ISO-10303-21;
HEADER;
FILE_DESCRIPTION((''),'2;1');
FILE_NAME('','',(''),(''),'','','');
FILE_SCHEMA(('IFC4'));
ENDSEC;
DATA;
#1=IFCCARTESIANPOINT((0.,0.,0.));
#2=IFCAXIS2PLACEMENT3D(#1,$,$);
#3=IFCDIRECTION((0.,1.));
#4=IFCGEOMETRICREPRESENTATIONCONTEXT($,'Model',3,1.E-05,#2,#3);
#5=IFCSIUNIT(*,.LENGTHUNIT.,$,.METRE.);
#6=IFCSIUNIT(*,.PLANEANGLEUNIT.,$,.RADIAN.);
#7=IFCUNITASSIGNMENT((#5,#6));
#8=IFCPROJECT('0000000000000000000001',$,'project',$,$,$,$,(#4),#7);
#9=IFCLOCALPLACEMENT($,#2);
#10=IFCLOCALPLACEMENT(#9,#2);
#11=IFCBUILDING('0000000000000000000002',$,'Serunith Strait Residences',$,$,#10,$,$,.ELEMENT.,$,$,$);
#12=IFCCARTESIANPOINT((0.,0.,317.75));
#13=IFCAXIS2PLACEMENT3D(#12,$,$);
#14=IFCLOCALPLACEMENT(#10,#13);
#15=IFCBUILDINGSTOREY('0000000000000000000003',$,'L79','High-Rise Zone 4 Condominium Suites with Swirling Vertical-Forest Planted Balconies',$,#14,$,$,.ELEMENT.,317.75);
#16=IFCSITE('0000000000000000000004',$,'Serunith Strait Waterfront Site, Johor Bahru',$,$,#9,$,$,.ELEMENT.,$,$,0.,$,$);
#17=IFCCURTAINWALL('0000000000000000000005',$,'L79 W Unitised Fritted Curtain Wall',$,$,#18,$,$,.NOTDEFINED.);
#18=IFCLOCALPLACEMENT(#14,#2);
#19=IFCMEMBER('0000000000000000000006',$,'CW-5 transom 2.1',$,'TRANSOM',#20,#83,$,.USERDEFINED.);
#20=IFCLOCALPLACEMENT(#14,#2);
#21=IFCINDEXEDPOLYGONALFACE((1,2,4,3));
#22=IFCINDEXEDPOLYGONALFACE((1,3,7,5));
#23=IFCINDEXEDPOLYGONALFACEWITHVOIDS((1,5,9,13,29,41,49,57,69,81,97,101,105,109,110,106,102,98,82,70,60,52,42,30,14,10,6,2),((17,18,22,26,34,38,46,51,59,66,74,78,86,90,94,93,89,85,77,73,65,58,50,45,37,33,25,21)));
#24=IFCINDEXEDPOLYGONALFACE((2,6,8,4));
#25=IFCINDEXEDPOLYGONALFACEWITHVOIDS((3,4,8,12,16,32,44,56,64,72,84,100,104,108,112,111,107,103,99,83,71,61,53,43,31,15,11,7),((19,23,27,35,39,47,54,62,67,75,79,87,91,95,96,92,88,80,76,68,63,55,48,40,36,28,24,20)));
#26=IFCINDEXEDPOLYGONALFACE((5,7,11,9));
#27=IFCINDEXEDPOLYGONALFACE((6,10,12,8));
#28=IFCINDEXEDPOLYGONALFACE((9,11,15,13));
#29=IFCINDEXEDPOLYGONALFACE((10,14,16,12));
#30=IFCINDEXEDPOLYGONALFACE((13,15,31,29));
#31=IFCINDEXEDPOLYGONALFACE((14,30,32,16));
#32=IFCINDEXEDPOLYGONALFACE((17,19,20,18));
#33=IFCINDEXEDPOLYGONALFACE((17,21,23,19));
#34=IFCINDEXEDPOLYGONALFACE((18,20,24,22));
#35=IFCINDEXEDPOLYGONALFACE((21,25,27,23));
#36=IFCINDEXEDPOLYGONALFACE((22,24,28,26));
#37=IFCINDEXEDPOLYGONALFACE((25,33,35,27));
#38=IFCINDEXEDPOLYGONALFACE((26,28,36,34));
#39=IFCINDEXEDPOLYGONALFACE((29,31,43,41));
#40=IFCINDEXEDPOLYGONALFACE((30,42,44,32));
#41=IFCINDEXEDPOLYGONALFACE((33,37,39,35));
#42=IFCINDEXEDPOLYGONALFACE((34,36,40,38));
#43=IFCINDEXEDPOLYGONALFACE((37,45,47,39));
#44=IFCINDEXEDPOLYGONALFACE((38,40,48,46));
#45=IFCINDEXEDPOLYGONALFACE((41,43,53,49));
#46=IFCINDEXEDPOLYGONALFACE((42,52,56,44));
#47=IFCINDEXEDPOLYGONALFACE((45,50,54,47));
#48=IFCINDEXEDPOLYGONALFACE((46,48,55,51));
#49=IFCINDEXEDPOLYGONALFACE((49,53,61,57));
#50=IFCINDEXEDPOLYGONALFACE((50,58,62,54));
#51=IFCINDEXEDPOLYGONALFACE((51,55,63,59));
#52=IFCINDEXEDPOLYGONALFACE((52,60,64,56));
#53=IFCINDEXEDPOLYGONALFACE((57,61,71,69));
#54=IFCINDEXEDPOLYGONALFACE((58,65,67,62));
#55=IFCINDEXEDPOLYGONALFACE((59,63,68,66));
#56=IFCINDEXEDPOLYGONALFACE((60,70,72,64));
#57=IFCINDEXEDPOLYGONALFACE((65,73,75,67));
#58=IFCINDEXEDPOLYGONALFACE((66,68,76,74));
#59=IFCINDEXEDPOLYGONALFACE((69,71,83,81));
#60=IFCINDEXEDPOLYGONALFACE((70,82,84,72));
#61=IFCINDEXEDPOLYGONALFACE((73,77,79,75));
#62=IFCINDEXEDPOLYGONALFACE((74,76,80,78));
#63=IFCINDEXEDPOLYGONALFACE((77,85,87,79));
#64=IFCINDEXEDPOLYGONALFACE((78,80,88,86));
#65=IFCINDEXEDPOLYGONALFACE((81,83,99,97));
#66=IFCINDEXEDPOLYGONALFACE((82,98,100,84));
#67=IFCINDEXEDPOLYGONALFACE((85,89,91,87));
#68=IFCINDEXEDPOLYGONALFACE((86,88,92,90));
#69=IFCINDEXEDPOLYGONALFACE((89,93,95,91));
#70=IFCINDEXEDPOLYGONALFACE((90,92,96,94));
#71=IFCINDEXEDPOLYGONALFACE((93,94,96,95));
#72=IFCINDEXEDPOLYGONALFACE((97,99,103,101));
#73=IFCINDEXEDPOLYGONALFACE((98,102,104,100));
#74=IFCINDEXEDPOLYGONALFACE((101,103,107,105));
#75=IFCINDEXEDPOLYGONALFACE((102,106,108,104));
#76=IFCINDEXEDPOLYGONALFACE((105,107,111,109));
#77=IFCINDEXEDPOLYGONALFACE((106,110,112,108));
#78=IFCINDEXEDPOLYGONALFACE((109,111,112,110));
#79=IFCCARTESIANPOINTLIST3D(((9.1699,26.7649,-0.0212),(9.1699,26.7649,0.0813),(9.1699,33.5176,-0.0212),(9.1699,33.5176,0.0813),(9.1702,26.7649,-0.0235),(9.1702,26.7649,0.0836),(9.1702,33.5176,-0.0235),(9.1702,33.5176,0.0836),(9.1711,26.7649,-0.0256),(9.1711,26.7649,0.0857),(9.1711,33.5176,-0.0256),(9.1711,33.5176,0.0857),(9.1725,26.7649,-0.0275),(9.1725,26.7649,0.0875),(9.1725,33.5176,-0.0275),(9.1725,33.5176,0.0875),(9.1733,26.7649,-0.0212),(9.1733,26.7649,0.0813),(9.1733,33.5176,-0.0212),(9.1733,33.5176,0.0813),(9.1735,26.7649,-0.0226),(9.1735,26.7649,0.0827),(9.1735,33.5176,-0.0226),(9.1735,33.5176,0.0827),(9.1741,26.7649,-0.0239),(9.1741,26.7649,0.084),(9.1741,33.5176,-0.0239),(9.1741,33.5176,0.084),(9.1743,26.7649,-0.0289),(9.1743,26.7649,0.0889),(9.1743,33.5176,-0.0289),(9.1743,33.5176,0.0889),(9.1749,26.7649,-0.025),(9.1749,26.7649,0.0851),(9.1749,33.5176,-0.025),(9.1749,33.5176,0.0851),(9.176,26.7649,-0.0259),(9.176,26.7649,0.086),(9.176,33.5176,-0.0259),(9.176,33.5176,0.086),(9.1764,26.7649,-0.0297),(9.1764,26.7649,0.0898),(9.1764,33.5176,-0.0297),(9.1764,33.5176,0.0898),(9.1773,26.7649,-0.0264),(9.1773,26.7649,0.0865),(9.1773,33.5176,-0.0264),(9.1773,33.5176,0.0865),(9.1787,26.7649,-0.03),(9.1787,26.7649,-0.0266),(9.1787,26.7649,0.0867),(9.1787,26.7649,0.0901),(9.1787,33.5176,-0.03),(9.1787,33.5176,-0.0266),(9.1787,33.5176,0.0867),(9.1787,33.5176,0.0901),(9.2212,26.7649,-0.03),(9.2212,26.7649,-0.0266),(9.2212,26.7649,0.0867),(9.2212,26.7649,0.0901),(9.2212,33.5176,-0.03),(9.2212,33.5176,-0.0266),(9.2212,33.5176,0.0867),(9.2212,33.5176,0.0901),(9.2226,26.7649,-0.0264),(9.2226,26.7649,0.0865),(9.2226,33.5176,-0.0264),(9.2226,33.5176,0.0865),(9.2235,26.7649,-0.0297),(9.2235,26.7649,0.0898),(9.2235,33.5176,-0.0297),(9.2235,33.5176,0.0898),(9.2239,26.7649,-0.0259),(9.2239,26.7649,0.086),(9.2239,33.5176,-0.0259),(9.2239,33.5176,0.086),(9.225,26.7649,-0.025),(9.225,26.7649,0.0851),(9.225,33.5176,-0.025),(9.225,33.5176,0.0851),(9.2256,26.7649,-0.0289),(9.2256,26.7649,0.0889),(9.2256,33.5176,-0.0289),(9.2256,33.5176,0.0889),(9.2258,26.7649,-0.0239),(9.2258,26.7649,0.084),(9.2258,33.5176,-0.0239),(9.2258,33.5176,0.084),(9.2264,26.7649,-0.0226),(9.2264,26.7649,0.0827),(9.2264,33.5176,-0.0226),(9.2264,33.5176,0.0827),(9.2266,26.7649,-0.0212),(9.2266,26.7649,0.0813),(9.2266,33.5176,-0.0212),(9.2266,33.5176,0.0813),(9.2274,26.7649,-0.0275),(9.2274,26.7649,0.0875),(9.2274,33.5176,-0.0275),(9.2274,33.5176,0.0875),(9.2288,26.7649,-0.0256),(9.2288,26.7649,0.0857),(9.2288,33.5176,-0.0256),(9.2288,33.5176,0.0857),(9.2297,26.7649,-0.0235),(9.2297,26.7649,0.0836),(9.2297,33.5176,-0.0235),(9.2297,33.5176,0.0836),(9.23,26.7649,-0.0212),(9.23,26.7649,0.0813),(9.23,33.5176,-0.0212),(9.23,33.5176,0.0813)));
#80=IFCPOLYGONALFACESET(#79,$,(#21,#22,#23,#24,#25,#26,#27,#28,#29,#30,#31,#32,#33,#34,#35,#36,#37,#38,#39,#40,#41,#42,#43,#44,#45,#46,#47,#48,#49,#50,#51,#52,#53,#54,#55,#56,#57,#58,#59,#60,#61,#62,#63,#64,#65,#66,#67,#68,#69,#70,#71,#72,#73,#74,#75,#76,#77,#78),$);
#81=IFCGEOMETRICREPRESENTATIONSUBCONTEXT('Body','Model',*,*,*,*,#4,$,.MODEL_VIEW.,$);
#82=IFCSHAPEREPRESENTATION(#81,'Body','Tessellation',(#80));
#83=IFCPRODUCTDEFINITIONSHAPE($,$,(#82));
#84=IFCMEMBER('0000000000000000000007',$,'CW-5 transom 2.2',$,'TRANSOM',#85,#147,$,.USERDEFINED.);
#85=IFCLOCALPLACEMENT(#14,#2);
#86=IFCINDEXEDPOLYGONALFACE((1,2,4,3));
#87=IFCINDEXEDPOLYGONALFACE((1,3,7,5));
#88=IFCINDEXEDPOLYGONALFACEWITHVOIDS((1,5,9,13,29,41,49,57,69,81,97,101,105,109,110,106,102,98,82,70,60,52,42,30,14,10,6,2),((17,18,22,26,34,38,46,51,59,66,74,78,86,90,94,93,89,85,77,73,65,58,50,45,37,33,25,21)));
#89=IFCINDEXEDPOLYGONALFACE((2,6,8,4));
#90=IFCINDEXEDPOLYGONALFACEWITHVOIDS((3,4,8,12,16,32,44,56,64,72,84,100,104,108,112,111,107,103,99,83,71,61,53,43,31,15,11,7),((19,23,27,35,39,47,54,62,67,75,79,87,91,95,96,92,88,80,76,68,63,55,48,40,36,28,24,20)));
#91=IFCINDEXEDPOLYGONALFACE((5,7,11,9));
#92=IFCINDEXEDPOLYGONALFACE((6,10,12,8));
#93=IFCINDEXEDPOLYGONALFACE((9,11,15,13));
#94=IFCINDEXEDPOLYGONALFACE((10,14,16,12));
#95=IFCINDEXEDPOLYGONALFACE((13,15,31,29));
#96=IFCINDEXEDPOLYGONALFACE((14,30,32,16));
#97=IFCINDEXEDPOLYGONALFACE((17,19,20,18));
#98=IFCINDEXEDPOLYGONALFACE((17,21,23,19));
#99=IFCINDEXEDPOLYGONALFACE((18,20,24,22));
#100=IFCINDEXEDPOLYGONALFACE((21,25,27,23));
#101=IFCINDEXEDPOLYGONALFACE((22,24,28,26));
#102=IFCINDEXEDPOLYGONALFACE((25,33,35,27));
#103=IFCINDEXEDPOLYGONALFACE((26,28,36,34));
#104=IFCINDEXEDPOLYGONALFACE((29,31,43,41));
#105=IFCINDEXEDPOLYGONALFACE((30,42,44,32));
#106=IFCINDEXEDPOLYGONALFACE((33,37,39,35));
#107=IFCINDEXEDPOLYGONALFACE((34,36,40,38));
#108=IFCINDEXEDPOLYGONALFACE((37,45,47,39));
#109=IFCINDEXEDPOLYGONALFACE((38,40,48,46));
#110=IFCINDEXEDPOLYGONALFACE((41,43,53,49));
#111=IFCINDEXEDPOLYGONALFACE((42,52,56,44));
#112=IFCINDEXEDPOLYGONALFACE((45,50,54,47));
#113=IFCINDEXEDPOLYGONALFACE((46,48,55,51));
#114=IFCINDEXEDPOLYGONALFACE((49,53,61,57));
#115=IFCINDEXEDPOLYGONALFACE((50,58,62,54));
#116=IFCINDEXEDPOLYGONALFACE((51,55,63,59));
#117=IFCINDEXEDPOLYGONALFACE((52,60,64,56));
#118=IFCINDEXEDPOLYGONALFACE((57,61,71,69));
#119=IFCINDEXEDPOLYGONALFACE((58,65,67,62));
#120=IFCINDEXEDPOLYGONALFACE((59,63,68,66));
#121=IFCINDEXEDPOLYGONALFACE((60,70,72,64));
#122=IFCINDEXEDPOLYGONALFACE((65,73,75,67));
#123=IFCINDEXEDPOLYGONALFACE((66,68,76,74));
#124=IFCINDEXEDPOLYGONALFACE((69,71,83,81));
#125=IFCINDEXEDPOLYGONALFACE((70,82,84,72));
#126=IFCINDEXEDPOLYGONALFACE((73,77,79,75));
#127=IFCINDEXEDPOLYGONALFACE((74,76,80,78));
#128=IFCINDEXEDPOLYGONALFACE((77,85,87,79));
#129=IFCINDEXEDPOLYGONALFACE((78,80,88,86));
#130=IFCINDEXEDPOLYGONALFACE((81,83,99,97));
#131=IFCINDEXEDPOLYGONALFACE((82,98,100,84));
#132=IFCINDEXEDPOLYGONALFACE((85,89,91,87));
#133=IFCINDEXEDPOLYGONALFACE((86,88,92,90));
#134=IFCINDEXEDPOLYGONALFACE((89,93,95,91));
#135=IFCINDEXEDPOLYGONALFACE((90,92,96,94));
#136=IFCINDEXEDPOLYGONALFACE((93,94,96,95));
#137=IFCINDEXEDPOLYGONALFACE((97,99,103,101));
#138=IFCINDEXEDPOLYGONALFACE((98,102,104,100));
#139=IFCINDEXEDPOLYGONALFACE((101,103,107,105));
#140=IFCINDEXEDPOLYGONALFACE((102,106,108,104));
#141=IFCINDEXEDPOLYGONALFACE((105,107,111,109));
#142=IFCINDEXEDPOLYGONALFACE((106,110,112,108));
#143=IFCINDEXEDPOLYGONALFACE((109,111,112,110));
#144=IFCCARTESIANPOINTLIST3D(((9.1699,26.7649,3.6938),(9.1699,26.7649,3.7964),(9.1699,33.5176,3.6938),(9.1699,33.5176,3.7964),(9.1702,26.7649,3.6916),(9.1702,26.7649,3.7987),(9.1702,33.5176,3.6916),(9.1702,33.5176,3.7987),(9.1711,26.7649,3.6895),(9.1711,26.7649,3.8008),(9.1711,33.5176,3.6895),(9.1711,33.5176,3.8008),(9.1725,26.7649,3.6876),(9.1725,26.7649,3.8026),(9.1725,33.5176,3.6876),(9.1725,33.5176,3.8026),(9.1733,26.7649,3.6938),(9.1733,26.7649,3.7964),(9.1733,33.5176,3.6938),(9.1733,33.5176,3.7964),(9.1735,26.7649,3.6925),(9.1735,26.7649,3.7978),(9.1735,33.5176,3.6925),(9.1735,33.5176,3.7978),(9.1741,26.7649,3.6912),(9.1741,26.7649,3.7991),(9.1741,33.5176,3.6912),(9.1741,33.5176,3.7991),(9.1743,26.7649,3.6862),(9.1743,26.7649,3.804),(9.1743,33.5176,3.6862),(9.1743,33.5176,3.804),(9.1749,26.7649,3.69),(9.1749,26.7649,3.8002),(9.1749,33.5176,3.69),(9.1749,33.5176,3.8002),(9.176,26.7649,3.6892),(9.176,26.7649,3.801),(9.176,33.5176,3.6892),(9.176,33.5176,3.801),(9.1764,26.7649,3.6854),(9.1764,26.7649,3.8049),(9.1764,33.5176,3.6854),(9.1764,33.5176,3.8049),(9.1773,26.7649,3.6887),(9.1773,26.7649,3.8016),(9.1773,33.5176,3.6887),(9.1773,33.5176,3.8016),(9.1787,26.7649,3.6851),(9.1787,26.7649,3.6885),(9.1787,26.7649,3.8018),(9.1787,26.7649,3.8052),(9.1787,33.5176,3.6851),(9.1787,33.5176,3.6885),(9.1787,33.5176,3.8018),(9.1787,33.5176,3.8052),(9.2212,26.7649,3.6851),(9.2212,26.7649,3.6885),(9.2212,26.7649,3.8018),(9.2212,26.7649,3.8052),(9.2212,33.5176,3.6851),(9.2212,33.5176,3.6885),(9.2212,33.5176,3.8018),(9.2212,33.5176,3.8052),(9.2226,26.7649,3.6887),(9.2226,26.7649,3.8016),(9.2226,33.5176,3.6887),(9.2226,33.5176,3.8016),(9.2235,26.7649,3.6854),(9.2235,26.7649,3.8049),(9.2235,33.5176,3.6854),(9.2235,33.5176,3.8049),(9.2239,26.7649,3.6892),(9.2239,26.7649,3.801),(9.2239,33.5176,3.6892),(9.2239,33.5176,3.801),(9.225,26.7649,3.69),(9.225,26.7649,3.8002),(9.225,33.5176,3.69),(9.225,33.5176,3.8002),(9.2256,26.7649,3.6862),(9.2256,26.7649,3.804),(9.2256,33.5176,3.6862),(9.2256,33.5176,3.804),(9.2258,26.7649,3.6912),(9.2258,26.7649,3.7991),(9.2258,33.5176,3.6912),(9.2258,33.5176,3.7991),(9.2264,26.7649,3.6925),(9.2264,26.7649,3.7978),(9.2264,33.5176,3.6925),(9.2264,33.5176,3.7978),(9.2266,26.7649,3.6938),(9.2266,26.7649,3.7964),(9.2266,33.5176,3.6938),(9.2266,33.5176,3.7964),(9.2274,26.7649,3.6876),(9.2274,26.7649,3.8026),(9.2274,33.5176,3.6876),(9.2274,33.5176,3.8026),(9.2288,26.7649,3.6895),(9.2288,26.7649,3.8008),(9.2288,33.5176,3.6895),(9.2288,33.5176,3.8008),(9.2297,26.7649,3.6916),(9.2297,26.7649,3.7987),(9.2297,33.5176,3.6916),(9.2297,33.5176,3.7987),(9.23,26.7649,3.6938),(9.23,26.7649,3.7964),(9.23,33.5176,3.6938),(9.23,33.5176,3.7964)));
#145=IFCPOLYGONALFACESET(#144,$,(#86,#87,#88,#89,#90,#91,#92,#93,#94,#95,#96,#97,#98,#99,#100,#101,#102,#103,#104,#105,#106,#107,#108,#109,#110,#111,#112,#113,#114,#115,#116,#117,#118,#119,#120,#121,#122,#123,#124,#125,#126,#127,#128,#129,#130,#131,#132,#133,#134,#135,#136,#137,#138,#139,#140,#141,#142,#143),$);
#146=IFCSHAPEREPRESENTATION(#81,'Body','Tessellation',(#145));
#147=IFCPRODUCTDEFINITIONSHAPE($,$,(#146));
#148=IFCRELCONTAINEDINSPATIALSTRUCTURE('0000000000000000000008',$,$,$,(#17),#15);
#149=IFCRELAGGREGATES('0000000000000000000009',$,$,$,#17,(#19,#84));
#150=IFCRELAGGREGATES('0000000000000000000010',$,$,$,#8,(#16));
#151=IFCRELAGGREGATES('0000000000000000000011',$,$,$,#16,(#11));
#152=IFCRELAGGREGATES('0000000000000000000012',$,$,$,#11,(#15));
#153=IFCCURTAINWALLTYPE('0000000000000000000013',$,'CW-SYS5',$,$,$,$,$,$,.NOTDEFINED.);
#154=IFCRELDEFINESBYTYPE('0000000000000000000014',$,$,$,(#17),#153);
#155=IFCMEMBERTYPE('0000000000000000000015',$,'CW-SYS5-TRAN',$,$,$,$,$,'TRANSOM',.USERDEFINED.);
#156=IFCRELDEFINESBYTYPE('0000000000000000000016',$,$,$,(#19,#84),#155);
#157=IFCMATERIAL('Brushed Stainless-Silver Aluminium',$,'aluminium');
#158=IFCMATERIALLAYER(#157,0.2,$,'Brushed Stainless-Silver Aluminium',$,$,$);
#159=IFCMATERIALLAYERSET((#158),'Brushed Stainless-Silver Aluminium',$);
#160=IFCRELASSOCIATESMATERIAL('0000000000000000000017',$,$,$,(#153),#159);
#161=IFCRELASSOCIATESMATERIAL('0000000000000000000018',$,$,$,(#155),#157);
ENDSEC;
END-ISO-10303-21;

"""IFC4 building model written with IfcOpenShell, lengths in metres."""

from ifc_helpers import new_model, si_unit, direction, frame, origin, origin_2d, place, context, subcontext, project, spatial, hollow_rectangle, extrude, source, transform, mapped, material, layer, layer_set, material_profile, profile_set, type_object, element, aggregate, save


model = new_model("IFC4")

# Units and contexts
model_context = context("Model", 3, precision=1e-05, world=origin(), true_north=direction((0.0, 1.0)))
body_context = subcontext(model_context, "Body", "Model", "MODEL_VIEW")
ifc_project = project(units=[si_unit("LENGTHUNIT", "METRE"), si_unit("PLANEANGLEUNIT", "RADIAN")], contexts=[model_context])

# Site, building, storey
site_placement = place(None, origin())
site = spatial("IfcSite", under=ifc_project, at=site_placement, Name="Serunith Strait Waterfront Site, Johor Bahru", CompositionType="ELEMENT", RefElevation=0.0)
building_placement = place(site_placement, origin())
building = spatial("IfcBuilding", under=site, at=building_placement, Name="Serunith Strait Residences", CompositionType="ELEMENT")
storey_placement = place(building_placement, frame((0.0, 0.0, 317.75)))
storey = spatial("IfcBuildingStorey", under=building, at=storey_placement, Name="L79", Description="High-Rise Zone 4 Condominium Suites with Swirling Vertical-Forest Planted Balconies", CompositionType="ELEMENT", Elevation=317.75)

# Curtain wall, members
ifc_material_1 = material(Name="Brushed Stainless-Silver Aluminium", Category="aluminium")
ifc_layer_1 = layer(ifc_material_1, 0.2, Name="Brushed Stainless-Silver Aluminium")
ifc_layer_set_1 = layer_set([ifc_layer_1], Name="Brushed Stainless-Silver Aluminium")
curtain_wall_type = type_object("IfcCurtainWallType", Name="CW-SYS5", PredefinedType="NOTDEFINED", material=ifc_layer_set_1)
curtain_wall_placement = place(storey_placement, origin())
curtain_wall = element("IfcCurtainWall", 1, at=curtain_wall_placement, inside=storey, type_object=curtain_wall_type, Name="L79 W Unitised Fritted Curtain Wall", PredefinedType="NOTDEFINED")
ifc_material_profile_1 = material_profile(ifc_material_1, hollow_rectangle(XDim=0.0601, YDim=0.1201, WallThickness=0.0034, InnerFilletRadius=0.0054, OuterFilletRadius=0.0088, at=origin_2d()), Name="ALU 120x60x3.5")
ifc_profile_set_1 = profile_set([ifc_material_profile_1], Name="Brushed Stainless-Silver Aluminium")
member_type_1 = type_object("IfcMemberType", Name="CW-SYS5-TRAN", ElementType="TRANSOM", PredefinedType="USERDEFINED", material=ifc_profile_set_1)
shared_shape_1 = source(origin(), body_context, "Body", "SweptSolid", [
    extrude(hollow_rectangle(XDim=0.0601, YDim=0.1201, WallThickness=0.0034, InnerFilletRadius=0.0054, OuterFilletRadius=0.0088, at=origin_2d()), origin(), (0.0, 0.0, 1.0), 6.7527),
])
member_1_placement = place(storey_placement, frame((9.2, 33.5176, 0.03), z_axis=(0.0, -1.0, 0.0), x_axis=(1.0, 0.0, 0.0)))
member_1 = element("IfcMember", 2, at=member_1_placement, type_object=member_type_1, Name="CW-5 transom 2.1", ObjectType="TRANSOM", PredefinedType="USERDEFINED", context=body_context, shape_type="MappedRepresentation", body=[
    mapped(shared_shape_1, transform((0.0, 0.0, 0.0), scale=1.0)),
])
member_2_placement = place(storey_placement, frame((9.2, 33.5176, 3.7451), z_axis=(0.0, -1.0, 0.0), x_axis=(1.0, 0.0, 0.0)))
member_2 = element("IfcMember", 3, at=member_2_placement, type_object=member_type_1, Name="CW-5 transom 2.2", ObjectType="TRANSOM", PredefinedType="USERDEFINED", context=body_context, shape_type="MappedRepresentation", body=[
    mapped(shared_shape_1, transform((0.0, 0.0, 0.0), scale=1.0)),
])
aggregate(curtain_wall, [member_1, member_2])

save(model, "model.ifc")
